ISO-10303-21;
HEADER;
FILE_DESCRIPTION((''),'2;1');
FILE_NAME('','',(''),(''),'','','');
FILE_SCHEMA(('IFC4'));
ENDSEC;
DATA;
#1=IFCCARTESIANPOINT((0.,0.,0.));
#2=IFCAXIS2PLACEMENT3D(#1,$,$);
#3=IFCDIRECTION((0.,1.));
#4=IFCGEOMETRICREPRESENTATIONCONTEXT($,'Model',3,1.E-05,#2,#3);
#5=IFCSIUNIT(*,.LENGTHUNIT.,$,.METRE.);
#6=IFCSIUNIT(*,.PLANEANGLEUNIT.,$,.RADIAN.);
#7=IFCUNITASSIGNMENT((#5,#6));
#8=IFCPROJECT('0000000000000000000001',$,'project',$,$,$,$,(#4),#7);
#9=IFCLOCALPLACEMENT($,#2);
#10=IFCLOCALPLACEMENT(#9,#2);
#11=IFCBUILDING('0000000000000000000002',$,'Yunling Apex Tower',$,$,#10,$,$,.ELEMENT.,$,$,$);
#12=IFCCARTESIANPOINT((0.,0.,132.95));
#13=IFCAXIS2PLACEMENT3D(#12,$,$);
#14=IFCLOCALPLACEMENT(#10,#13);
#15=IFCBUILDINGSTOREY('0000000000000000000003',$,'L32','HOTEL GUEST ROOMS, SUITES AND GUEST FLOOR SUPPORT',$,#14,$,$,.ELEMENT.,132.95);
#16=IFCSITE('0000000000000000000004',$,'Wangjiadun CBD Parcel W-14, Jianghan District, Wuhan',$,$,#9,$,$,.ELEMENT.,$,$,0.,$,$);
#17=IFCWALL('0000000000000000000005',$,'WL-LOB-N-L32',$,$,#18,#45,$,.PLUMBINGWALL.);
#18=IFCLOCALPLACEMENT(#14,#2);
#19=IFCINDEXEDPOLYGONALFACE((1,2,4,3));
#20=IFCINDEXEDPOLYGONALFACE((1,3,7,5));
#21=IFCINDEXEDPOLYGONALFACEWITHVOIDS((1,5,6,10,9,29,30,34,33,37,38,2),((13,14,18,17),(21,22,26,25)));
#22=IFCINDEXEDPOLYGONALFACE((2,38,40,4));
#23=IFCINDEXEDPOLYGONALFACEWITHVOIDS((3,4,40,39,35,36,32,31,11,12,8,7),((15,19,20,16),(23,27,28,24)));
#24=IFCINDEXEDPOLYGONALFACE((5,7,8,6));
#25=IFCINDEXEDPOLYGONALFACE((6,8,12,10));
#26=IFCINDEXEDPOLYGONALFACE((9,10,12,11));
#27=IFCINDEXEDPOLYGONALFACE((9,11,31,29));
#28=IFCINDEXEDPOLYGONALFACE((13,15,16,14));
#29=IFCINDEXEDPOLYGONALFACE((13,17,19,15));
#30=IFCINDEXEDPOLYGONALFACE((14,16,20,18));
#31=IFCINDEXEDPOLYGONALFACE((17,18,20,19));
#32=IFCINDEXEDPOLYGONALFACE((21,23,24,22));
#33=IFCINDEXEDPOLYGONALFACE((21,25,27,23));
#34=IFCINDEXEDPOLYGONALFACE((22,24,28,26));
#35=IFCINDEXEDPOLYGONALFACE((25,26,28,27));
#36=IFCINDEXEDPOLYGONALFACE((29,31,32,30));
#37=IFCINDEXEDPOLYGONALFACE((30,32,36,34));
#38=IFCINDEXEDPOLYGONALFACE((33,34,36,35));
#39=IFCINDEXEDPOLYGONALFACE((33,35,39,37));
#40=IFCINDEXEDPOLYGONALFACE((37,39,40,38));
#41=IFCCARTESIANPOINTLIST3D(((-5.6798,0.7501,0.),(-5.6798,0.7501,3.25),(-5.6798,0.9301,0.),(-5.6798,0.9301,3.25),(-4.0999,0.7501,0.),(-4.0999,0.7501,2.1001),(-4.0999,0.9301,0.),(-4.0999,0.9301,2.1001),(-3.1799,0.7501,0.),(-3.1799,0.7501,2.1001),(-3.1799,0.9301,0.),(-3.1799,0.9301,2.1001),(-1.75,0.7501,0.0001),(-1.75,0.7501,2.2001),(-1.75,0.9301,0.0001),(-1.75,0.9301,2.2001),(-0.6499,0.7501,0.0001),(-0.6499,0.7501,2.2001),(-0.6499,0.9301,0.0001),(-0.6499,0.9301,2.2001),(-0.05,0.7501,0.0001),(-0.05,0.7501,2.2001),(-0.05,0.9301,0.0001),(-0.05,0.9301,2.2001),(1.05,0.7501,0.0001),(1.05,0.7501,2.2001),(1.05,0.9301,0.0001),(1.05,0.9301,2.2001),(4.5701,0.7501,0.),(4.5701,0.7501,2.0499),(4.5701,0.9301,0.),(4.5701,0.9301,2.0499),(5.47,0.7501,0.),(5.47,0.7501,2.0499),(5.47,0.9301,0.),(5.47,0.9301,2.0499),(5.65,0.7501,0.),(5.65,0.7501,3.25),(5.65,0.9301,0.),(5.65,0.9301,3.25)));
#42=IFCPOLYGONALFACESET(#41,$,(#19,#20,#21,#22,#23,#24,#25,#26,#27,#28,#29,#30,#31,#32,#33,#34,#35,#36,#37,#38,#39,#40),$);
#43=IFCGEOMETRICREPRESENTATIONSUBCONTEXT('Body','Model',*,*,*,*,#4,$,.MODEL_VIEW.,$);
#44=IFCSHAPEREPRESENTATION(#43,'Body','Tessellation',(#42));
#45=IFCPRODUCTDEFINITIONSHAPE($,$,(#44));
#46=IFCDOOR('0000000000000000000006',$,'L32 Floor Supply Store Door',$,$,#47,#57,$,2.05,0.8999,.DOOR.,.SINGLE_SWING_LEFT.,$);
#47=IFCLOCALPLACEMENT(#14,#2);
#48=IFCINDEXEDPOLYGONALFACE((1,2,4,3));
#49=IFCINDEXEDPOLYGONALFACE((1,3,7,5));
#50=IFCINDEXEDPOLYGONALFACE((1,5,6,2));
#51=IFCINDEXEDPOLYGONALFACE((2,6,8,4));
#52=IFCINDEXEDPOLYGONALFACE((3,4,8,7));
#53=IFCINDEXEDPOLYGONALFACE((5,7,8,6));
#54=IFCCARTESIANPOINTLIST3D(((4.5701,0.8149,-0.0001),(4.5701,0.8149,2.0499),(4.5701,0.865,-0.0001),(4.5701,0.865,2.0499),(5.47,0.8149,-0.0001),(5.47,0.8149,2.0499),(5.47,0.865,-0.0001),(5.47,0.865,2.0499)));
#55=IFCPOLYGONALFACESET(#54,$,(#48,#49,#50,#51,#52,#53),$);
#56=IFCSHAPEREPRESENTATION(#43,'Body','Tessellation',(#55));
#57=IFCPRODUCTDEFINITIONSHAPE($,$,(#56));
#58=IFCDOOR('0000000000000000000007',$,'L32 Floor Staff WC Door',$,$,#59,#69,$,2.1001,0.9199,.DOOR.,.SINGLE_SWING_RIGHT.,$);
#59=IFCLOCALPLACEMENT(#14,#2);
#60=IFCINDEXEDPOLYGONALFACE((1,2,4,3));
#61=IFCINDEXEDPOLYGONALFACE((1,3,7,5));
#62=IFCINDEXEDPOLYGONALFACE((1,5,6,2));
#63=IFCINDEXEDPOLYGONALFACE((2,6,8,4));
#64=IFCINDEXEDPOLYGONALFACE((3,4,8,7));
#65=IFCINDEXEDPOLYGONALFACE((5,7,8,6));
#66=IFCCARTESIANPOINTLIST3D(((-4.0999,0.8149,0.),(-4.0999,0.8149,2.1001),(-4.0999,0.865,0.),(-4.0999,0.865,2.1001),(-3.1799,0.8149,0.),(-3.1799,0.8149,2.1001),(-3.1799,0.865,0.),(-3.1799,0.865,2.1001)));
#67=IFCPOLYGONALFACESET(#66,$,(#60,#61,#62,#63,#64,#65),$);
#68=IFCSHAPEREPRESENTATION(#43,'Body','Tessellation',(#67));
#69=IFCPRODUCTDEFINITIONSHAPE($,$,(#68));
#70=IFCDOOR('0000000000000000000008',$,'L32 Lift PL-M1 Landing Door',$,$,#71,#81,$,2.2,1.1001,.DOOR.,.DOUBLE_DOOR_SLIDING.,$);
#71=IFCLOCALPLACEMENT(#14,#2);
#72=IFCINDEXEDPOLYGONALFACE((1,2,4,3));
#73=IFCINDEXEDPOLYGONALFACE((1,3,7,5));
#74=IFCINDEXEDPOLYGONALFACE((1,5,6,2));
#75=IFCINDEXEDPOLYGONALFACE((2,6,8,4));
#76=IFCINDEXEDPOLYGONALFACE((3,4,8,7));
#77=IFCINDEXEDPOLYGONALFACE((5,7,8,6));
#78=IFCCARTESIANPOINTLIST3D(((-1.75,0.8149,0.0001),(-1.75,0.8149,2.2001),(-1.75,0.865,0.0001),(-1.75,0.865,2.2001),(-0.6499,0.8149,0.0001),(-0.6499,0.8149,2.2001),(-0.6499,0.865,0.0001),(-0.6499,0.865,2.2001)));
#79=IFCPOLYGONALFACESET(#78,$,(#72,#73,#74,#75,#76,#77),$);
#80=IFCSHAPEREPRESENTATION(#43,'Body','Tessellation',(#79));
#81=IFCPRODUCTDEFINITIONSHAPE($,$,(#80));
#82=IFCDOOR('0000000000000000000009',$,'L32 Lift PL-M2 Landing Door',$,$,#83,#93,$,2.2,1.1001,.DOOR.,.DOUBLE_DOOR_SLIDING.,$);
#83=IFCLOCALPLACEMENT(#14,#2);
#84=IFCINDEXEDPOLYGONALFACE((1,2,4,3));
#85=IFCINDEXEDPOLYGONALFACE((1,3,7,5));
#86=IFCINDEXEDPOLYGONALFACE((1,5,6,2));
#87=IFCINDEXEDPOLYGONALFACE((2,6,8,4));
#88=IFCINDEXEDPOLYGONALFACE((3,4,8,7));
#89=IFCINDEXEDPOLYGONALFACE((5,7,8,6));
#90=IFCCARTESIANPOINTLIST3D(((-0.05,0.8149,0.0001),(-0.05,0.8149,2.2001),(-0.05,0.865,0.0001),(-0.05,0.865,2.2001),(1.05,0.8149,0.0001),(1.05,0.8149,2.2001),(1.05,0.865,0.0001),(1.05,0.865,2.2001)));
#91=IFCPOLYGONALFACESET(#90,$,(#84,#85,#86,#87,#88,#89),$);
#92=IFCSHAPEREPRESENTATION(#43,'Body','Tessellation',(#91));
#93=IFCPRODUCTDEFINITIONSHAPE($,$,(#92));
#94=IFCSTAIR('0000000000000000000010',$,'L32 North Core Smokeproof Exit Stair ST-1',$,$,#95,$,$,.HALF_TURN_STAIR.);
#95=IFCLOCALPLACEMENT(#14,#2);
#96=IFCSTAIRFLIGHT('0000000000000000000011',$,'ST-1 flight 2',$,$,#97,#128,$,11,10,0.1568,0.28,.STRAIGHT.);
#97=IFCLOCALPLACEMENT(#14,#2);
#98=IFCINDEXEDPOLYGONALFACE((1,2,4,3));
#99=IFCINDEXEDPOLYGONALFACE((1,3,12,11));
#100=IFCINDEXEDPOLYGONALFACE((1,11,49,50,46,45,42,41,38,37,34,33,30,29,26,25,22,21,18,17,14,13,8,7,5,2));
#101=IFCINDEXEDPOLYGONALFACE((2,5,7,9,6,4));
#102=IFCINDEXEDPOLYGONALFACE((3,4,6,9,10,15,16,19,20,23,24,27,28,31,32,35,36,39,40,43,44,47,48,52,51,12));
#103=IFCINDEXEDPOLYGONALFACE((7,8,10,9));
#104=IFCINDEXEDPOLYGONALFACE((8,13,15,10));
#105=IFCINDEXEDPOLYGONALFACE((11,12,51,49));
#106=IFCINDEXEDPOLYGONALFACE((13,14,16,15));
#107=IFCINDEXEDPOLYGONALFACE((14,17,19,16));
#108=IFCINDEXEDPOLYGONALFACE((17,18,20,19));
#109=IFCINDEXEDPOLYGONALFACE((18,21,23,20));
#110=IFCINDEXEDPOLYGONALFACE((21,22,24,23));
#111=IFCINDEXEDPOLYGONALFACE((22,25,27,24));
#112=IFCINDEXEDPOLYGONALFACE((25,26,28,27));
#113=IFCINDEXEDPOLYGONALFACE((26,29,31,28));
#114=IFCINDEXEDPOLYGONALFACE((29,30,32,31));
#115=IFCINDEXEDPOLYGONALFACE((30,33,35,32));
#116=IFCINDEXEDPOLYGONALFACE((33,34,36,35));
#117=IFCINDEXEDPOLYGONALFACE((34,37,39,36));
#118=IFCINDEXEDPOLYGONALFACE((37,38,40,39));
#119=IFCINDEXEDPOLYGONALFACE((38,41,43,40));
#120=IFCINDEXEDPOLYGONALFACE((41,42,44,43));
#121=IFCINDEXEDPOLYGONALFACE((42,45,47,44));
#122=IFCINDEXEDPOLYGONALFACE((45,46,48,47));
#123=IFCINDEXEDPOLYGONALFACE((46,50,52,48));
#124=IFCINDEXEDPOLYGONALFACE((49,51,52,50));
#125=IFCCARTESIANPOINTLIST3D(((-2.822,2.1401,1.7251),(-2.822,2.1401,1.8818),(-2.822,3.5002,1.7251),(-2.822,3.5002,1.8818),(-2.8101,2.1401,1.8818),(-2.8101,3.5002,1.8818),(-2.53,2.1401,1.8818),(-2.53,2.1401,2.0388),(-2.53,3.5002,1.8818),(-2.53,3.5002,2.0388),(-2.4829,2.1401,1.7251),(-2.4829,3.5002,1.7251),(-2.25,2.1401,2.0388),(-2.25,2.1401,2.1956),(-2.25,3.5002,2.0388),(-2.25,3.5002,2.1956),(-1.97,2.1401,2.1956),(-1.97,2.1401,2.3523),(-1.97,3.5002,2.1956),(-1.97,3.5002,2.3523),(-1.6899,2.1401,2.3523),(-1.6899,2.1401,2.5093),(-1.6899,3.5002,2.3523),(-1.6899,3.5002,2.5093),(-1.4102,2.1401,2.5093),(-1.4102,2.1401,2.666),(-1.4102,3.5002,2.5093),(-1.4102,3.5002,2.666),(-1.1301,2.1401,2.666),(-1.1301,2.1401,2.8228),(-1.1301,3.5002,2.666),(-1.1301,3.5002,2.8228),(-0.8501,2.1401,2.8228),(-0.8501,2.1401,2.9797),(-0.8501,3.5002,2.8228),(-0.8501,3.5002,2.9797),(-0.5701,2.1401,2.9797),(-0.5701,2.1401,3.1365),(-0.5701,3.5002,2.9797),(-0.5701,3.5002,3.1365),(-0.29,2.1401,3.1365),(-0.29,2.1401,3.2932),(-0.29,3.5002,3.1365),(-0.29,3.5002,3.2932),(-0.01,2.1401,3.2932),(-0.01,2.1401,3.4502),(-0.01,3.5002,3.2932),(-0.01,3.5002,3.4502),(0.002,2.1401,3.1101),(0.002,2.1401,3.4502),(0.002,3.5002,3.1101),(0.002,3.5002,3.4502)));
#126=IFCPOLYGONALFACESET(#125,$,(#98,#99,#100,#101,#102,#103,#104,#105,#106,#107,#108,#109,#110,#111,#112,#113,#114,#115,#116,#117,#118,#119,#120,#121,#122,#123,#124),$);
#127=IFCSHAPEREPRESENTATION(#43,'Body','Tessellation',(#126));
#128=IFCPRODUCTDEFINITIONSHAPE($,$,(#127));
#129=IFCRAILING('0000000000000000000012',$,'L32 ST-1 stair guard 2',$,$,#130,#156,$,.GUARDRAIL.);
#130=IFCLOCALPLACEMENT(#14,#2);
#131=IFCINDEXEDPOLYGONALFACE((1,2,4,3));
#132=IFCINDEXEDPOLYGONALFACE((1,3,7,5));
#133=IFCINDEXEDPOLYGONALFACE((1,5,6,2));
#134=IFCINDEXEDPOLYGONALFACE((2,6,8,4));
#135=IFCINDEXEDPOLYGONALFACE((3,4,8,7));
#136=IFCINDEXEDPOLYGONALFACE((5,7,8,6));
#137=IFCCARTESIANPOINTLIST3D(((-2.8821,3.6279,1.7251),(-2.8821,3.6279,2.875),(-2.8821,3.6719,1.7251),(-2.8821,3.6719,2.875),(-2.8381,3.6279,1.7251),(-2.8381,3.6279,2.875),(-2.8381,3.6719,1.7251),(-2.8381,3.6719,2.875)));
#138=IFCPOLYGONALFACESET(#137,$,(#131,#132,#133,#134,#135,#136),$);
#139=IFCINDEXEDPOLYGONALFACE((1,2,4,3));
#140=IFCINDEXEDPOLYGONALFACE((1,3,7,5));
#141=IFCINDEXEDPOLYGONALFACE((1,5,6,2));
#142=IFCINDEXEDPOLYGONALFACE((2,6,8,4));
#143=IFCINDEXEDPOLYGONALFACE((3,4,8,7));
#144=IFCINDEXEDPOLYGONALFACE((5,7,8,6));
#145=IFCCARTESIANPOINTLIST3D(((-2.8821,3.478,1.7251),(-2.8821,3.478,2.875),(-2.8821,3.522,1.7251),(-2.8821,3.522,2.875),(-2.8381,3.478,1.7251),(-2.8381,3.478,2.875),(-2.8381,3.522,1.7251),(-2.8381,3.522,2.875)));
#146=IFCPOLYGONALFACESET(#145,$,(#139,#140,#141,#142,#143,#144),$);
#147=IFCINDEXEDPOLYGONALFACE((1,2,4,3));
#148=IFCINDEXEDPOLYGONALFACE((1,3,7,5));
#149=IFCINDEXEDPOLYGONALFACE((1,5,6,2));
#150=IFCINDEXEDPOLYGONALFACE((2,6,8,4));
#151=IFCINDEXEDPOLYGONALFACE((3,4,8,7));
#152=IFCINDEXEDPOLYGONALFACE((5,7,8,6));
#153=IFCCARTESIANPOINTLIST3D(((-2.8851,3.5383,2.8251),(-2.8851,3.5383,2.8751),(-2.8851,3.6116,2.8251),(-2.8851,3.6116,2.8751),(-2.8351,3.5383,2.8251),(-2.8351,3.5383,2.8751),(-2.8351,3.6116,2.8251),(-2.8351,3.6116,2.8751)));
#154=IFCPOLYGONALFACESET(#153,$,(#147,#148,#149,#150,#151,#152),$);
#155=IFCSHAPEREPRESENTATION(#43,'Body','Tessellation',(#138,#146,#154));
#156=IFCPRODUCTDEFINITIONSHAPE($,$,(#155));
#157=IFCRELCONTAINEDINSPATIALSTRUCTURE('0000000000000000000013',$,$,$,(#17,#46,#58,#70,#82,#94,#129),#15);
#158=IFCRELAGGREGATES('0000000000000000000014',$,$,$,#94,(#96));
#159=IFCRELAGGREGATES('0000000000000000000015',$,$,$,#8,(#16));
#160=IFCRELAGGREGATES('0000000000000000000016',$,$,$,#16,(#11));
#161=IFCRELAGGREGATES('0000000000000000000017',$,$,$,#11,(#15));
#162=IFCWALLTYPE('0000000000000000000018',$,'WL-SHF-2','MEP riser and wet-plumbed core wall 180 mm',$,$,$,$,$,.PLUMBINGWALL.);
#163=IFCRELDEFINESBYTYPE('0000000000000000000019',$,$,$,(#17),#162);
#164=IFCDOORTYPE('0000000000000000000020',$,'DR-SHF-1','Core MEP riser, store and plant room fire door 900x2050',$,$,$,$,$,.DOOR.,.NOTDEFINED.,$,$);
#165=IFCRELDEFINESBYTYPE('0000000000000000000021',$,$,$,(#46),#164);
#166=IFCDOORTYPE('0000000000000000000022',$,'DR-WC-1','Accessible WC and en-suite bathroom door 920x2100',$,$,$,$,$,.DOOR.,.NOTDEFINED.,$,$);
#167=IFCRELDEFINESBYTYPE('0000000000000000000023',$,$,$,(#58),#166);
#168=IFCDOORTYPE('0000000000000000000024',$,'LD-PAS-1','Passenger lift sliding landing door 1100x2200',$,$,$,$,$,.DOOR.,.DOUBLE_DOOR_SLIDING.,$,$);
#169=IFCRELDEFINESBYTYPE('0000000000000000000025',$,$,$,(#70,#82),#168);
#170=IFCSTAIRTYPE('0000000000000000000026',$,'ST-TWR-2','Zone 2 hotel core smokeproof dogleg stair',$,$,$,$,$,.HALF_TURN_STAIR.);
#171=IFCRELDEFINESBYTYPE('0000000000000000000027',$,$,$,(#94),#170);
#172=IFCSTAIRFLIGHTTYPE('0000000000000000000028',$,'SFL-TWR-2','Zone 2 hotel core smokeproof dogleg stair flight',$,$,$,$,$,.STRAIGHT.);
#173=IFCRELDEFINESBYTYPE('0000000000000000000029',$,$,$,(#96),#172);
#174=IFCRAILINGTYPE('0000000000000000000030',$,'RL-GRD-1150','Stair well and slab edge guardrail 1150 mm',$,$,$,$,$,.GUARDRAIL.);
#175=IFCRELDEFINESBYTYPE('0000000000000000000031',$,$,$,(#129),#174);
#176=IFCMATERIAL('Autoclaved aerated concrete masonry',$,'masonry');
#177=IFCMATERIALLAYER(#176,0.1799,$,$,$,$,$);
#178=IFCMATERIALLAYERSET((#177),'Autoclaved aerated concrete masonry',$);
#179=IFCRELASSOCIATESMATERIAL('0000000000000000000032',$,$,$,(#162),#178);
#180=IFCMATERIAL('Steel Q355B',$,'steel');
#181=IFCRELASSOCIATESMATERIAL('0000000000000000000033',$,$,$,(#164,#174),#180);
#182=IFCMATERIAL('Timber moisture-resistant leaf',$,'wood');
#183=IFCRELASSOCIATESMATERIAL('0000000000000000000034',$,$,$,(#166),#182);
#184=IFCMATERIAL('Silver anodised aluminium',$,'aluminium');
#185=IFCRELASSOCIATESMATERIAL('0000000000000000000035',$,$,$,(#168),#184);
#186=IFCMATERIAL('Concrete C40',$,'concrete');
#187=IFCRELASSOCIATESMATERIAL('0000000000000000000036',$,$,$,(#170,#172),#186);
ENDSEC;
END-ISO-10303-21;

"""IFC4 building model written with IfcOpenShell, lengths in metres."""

from ifc_helpers import new_model, si_unit, direction, frame, frame_2d, origin, origin_2d, place, context, subcontext, project, spatial, polyline, rectangle, outline, extrude, material, layer, layer_set, type_object, element, fill, aggregate, save


model = new_model("IFC4")

# Units and contexts
model_context = context("Model", 3, precision=1e-05, world=origin(), true_north=direction((0.0, 1.0)))
body_context = subcontext(model_context, "Body", "Model", "MODEL_VIEW")
ifc_project = project(units=[si_unit("LENGTHUNIT", "METRE"), si_unit("PLANEANGLEUNIT", "RADIAN")], contexts=[model_context])

# Site, building, storey
site_placement = place(None, origin())
site = spatial("IfcSite", under=ifc_project, at=site_placement, Name="Wangjiadun CBD Parcel W-14, Jianghan District, Wuhan", CompositionType="ELEMENT", RefElevation=0.0)
building_placement = place(site_placement, origin())
building = spatial("IfcBuilding", under=site, at=building_placement, Name="Yunling Apex Tower", CompositionType="ELEMENT")
storey_placement = place(building_placement, frame((0.0, 0.0, 132.95)))
storey = spatial("IfcBuildingStorey", under=building, at=storey_placement, Name="L32", Description="HOTEL GUEST ROOMS, SUITES AND GUEST FLOOR SUPPORT", CompositionType="ELEMENT", Elevation=132.95)

# Shared definitions
ifc_material_1 = material(Name="Steel Q355B", Category="steel")

# Shared definitions
ifc_material_2 = material(Name="Concrete C40", Category="concrete")
ifc_material_3 = material(Name="Autoclaved aerated concrete masonry", Category="masonry")
ifc_layer_1 = layer(ifc_material_3, 0.1799)
ifc_layer_set_1 = layer_set([ifc_layer_1], Name="Autoclaved aerated concrete masonry")
wall_type_1 = type_object("IfcWallType", Name="WL-SHF-2", Description="MEP riser and wet-plumbed core wall 180 mm", PredefinedType="PLUMBINGWALL", material=ifc_layer_set_1)

# Wall, openings, doors
wall_1_placement = place(storey_placement, frame((-5.6799, 0.8401, 0.0), z_axis=(0.0, 0.0, 1.0), x_axis=(1.0, 0.0, 0.0)))
wall_1 = element("IfcWall", 1, at=wall_1_placement, inside=storey, type_object=wall_type_1, Name="WL-LOB-N-L32", PredefinedType="PLUMBINGWALL", context=body_context, shape_type="SweptSolid", body=[
    extrude(rectangle(XDim=11.3298, YDim=0.1799, at=frame_2d((5.665, 0.0))), origin(), (0.0, 0.0, 1.0), 3.25),
])
opening_1_placement = place(wall_1_placement, frame((1.5801, 0.0, 0.0)))
opening_1 = element("IfcOpeningElement", 2, at=opening_1_placement, cuts=wall_1, PredefinedType="OPENING", context=body_context, shape_type="SweptSolid", body=[
    extrude(rectangle(XDim=0.9199, YDim=2.1001, at=frame_2d((0.46, 1.05))), frame((0.0, 0.1001, 0.0), z_axis=(0.0, -1.0, 0.0), x_axis=(1.0, 0.0, 0.0)), (0.0, 0.0, 1.0), 0.2),
])
opening_2_placement = place(wall_1_placement, frame((3.9299, 0.0, 0.0)))
opening_2 = element("IfcOpeningElement", 3, at=opening_2_placement, cuts=wall_1, PredefinedType="OPENING", context=body_context, shape_type="SweptSolid", body=[
    extrude(rectangle(XDim=1.1001, YDim=2.2, at=frame_2d((0.55, 1.1001))), frame((0.0, 0.1001, 0.0), z_axis=(0.0, -1.0, 0.0), x_axis=(1.0, 0.0, 0.0)), (0.0, 0.0, 1.0), 0.2),
])
opening_3_placement = place(wall_1_placement, frame((5.6299, 0.0, 0.0)))
opening_3 = element("IfcOpeningElement", 4, at=opening_3_placement, cuts=wall_1, PredefinedType="OPENING", context=body_context, shape_type="SweptSolid", body=[
    extrude(rectangle(XDim=1.1001, YDim=2.2, at=frame_2d((0.55, 1.1001))), frame((0.0, 0.1001, 0.0), z_axis=(0.0, -1.0, 0.0), x_axis=(1.0, 0.0, 0.0)), (0.0, 0.0, 1.0), 0.2),
])
opening_4_placement = place(wall_1_placement, frame((10.25, 0.0, 0.0)))
opening_4 = element("IfcOpeningElement", 5, at=opening_4_placement, cuts=wall_1, PredefinedType="OPENING", context=body_context, shape_type="SweptSolid", body=[
    extrude(rectangle(XDim=0.8999, YDim=2.05, at=frame_2d((0.45, 1.0249))), frame((0.0, 0.1001, 0.0), z_axis=(0.0, -1.0, 0.0), x_axis=(1.0, 0.0, 0.0)), (0.0, 0.0, 1.0), 0.2),
])
door_type_1 = type_object("IfcDoorType", Name="DR-SHF-1", Description="Core MEP riser, store and plant room fire door 900x2050", OperationType="NOTDEFINED", PredefinedType="DOOR", material=ifc_material_1)
door_1_placement = place(opening_4_placement, origin())
door_1 = element("IfcDoor", 6, at=door_1_placement, inside=storey, type_object=door_type_1, Name="L32 Floor Supply Store Door", OperationType="SINGLE_SWING_LEFT", OverallHeight=2.05, OverallWidth=0.8999, PredefinedType="DOOR", context=body_context, shape_type="SweptSolid", body=[
    extrude(rectangle(XDim=0.8999, YDim=2.05, at=frame_2d((0.45, 1.0249))), frame((0.0, 0.0249, 0.0), z_axis=(0.0, -1.0, 0.0), x_axis=(1.0, 0.0, 0.0)), (0.0, 0.0, 1.0), 0.05),
])
fill(opening_4, door_1)
ifc_material_4 = material(Name="Timber moisture-resistant leaf", Category="wood")
door_type_2 = type_object("IfcDoorType", Name="DR-WC-1", Description="Accessible WC and en-suite bathroom door 920x2100", OperationType="NOTDEFINED", PredefinedType="DOOR", material=ifc_material_4)
door_2_placement = place(opening_1_placement, origin())
door_2 = element("IfcDoor", 7, at=door_2_placement, inside=storey, type_object=door_type_2, Name="L32 Floor Staff WC Door", OperationType="SINGLE_SWING_RIGHT", OverallHeight=2.1001, OverallWidth=0.9199, PredefinedType="DOOR", context=body_context, shape_type="SweptSolid", body=[
    extrude(rectangle(XDim=0.9199, YDim=2.1001, at=frame_2d((0.46, 1.05))), frame((0.0, 0.0249, 0.0), z_axis=(0.0, -1.0, 0.0), x_axis=(1.0, 0.0, 0.0)), (0.0, 0.0, 1.0), 0.05),
])
fill(opening_1, door_2)
ifc_material_5 = material(Name="Silver anodised aluminium", Category="aluminium")
door_type_3 = type_object("IfcDoorType", Name="LD-PAS-1", Description="Passenger lift sliding landing door 1100x2200", OperationType="DOUBLE_DOOR_SLIDING", PredefinedType="DOOR", material=ifc_material_5)
door_3_placement = place(opening_2_placement, origin())
door_3 = element("IfcDoor", 8, at=door_3_placement, inside=storey, type_object=door_type_3, Name="L32 Lift PL-M1 Landing Door", OperationType="DOUBLE_DOOR_SLIDING", OverallHeight=2.2, OverallWidth=1.1001, PredefinedType="DOOR", context=body_context, shape_type="SweptSolid", body=[
    extrude(rectangle(XDim=1.1001, YDim=2.2, at=frame_2d((0.55, 1.1001))), frame((0.0, 0.0249, 0.0), z_axis=(0.0, -1.0, 0.0), x_axis=(1.0, 0.0, 0.0)), (0.0, 0.0, 1.0), 0.05),
])
fill(opening_2, door_3)
door_4_placement = place(opening_3_placement, origin())
door_4 = element("IfcDoor", 9, at=door_4_placement, inside=storey, type_object=door_type_3, Name="L32 Lift PL-M2 Landing Door", OperationType="DOUBLE_DOOR_SLIDING", OverallHeight=2.2, OverallWidth=1.1001, PredefinedType="DOOR", context=body_context, shape_type="SweptSolid", body=[
    extrude(rectangle(XDim=1.1001, YDim=2.2, at=frame_2d((0.55, 1.1001))), frame((0.0, 0.0249, 0.0), z_axis=(0.0, -1.0, 0.0), x_axis=(1.0, 0.0, 0.0)), (0.0, 0.0, 1.0), 0.05),
])
fill(opening_3, door_4)

# Stair, stair flight
stair_type = type_object("IfcStairType", Name="ST-TWR-2", Description="Zone 2 hotel core smokeproof dogleg stair", PredefinedType="HALF_TURN_STAIR", material=ifc_material_2)
stair_placement = place(storey_placement, origin())
stair = element("IfcStair", 10, at=stair_placement, inside=storey, type_object=stair_type, Name="L32 North Core Smokeproof Exit Stair ST-1", PredefinedType="HALF_TURN_STAIR")
stair_flight_type = type_object("IfcStairFlightType", Name="SFL-TWR-2", Description="Zone 2 hotel core smokeproof dogleg stair flight", PredefinedType="STRAIGHT", material=ifc_material_2)
stair_flight_placement = place(storey_placement, frame((-2.8101, 2.8201, 1.7251), z_axis=(0.0, 0.0, 1.0), x_axis=(1.0, 0.0, 0.0)))
stair_flight = element("IfcStairFlight", 11, at=stair_flight_placement, type_object=stair_flight_type, Name="ST-1 flight 2", NumberOfRisers=11, NumberOfTreads=10, PredefinedType="STRAIGHT", RiserHeight=0.1568, TreadLength=0.28, context=body_context, shape_type="SweptSolid", body=[
    extrude(outline(polyline([(-0.012, 0.0), (-0.012, 0.1567), (0.0, 0.1567), (0.28, 0.1567), (0.28, 0.3137), (0.5601, 0.3137), (0.5601, 0.4705), (0.8401, 0.4705), (0.8401, 0.6272), (1.1201, 0.6272), (1.1201, 0.7842), (1.3999, 0.7842), (1.3999, 0.9409), (1.6799, 0.9409), (1.6799, 1.0977), (1.96, 1.0977), (1.96, 1.2546), (2.24, 1.2546), (2.24, 1.4114), (2.52, 1.4114), (2.52, 1.5681), (2.8, 1.5681), (2.8, 1.7251), (2.812, 1.7251), (2.812, 1.385), (0.3271, 0.0), (-0.012, 0.0)])), frame((0.0, 0.6802, 0.0), z_axis=(0.0, -1.0, 0.0), x_axis=(1.0, 0.0, 0.0)), (0.0, 0.0, 1.0), 1.3601),
])
aggregate(stair, [stair_flight])

# Railing
railing_type_1 = type_object("IfcRailingType", Name="RL-GRD-1150", Description="Stair well and slab edge guardrail 1150 mm", PredefinedType="GUARDRAIL", material=ifc_material_1)
railing_1_placement = place(storey_placement, frame((-2.8601, 3.6499, 1.7251)))
element("IfcRailing", 12, at=railing_1_placement, inside=storey, type_object=railing_type_1, Name="L32 ST-1 stair guard 2", PredefinedType="GUARDRAIL", context=body_context, shape_type="SweptSolid", body=[
    extrude(rectangle(XDim=0.0439, YDim=0.0439, at=origin_2d()), origin(), (0.0, 0.0, 1.0), 1.1499),
    extrude(rectangle(XDim=0.0439, YDim=0.0439, at=origin_2d()), frame((0.0, -0.1499, 0.0)), (0.0, 0.0, 1.0), 1.1499),
    extrude(rectangle(XDim=0.05, YDim=0.05, at=origin_2d()), frame((0.0, -0.0383, 1.125), z_axis=(0.0, -1.0, 0.0), x_axis=(1.0, 0.0, 0.0)), (0.0, 0.0, 1.0), 0.0732),
])

save(model, "model.ifc")
